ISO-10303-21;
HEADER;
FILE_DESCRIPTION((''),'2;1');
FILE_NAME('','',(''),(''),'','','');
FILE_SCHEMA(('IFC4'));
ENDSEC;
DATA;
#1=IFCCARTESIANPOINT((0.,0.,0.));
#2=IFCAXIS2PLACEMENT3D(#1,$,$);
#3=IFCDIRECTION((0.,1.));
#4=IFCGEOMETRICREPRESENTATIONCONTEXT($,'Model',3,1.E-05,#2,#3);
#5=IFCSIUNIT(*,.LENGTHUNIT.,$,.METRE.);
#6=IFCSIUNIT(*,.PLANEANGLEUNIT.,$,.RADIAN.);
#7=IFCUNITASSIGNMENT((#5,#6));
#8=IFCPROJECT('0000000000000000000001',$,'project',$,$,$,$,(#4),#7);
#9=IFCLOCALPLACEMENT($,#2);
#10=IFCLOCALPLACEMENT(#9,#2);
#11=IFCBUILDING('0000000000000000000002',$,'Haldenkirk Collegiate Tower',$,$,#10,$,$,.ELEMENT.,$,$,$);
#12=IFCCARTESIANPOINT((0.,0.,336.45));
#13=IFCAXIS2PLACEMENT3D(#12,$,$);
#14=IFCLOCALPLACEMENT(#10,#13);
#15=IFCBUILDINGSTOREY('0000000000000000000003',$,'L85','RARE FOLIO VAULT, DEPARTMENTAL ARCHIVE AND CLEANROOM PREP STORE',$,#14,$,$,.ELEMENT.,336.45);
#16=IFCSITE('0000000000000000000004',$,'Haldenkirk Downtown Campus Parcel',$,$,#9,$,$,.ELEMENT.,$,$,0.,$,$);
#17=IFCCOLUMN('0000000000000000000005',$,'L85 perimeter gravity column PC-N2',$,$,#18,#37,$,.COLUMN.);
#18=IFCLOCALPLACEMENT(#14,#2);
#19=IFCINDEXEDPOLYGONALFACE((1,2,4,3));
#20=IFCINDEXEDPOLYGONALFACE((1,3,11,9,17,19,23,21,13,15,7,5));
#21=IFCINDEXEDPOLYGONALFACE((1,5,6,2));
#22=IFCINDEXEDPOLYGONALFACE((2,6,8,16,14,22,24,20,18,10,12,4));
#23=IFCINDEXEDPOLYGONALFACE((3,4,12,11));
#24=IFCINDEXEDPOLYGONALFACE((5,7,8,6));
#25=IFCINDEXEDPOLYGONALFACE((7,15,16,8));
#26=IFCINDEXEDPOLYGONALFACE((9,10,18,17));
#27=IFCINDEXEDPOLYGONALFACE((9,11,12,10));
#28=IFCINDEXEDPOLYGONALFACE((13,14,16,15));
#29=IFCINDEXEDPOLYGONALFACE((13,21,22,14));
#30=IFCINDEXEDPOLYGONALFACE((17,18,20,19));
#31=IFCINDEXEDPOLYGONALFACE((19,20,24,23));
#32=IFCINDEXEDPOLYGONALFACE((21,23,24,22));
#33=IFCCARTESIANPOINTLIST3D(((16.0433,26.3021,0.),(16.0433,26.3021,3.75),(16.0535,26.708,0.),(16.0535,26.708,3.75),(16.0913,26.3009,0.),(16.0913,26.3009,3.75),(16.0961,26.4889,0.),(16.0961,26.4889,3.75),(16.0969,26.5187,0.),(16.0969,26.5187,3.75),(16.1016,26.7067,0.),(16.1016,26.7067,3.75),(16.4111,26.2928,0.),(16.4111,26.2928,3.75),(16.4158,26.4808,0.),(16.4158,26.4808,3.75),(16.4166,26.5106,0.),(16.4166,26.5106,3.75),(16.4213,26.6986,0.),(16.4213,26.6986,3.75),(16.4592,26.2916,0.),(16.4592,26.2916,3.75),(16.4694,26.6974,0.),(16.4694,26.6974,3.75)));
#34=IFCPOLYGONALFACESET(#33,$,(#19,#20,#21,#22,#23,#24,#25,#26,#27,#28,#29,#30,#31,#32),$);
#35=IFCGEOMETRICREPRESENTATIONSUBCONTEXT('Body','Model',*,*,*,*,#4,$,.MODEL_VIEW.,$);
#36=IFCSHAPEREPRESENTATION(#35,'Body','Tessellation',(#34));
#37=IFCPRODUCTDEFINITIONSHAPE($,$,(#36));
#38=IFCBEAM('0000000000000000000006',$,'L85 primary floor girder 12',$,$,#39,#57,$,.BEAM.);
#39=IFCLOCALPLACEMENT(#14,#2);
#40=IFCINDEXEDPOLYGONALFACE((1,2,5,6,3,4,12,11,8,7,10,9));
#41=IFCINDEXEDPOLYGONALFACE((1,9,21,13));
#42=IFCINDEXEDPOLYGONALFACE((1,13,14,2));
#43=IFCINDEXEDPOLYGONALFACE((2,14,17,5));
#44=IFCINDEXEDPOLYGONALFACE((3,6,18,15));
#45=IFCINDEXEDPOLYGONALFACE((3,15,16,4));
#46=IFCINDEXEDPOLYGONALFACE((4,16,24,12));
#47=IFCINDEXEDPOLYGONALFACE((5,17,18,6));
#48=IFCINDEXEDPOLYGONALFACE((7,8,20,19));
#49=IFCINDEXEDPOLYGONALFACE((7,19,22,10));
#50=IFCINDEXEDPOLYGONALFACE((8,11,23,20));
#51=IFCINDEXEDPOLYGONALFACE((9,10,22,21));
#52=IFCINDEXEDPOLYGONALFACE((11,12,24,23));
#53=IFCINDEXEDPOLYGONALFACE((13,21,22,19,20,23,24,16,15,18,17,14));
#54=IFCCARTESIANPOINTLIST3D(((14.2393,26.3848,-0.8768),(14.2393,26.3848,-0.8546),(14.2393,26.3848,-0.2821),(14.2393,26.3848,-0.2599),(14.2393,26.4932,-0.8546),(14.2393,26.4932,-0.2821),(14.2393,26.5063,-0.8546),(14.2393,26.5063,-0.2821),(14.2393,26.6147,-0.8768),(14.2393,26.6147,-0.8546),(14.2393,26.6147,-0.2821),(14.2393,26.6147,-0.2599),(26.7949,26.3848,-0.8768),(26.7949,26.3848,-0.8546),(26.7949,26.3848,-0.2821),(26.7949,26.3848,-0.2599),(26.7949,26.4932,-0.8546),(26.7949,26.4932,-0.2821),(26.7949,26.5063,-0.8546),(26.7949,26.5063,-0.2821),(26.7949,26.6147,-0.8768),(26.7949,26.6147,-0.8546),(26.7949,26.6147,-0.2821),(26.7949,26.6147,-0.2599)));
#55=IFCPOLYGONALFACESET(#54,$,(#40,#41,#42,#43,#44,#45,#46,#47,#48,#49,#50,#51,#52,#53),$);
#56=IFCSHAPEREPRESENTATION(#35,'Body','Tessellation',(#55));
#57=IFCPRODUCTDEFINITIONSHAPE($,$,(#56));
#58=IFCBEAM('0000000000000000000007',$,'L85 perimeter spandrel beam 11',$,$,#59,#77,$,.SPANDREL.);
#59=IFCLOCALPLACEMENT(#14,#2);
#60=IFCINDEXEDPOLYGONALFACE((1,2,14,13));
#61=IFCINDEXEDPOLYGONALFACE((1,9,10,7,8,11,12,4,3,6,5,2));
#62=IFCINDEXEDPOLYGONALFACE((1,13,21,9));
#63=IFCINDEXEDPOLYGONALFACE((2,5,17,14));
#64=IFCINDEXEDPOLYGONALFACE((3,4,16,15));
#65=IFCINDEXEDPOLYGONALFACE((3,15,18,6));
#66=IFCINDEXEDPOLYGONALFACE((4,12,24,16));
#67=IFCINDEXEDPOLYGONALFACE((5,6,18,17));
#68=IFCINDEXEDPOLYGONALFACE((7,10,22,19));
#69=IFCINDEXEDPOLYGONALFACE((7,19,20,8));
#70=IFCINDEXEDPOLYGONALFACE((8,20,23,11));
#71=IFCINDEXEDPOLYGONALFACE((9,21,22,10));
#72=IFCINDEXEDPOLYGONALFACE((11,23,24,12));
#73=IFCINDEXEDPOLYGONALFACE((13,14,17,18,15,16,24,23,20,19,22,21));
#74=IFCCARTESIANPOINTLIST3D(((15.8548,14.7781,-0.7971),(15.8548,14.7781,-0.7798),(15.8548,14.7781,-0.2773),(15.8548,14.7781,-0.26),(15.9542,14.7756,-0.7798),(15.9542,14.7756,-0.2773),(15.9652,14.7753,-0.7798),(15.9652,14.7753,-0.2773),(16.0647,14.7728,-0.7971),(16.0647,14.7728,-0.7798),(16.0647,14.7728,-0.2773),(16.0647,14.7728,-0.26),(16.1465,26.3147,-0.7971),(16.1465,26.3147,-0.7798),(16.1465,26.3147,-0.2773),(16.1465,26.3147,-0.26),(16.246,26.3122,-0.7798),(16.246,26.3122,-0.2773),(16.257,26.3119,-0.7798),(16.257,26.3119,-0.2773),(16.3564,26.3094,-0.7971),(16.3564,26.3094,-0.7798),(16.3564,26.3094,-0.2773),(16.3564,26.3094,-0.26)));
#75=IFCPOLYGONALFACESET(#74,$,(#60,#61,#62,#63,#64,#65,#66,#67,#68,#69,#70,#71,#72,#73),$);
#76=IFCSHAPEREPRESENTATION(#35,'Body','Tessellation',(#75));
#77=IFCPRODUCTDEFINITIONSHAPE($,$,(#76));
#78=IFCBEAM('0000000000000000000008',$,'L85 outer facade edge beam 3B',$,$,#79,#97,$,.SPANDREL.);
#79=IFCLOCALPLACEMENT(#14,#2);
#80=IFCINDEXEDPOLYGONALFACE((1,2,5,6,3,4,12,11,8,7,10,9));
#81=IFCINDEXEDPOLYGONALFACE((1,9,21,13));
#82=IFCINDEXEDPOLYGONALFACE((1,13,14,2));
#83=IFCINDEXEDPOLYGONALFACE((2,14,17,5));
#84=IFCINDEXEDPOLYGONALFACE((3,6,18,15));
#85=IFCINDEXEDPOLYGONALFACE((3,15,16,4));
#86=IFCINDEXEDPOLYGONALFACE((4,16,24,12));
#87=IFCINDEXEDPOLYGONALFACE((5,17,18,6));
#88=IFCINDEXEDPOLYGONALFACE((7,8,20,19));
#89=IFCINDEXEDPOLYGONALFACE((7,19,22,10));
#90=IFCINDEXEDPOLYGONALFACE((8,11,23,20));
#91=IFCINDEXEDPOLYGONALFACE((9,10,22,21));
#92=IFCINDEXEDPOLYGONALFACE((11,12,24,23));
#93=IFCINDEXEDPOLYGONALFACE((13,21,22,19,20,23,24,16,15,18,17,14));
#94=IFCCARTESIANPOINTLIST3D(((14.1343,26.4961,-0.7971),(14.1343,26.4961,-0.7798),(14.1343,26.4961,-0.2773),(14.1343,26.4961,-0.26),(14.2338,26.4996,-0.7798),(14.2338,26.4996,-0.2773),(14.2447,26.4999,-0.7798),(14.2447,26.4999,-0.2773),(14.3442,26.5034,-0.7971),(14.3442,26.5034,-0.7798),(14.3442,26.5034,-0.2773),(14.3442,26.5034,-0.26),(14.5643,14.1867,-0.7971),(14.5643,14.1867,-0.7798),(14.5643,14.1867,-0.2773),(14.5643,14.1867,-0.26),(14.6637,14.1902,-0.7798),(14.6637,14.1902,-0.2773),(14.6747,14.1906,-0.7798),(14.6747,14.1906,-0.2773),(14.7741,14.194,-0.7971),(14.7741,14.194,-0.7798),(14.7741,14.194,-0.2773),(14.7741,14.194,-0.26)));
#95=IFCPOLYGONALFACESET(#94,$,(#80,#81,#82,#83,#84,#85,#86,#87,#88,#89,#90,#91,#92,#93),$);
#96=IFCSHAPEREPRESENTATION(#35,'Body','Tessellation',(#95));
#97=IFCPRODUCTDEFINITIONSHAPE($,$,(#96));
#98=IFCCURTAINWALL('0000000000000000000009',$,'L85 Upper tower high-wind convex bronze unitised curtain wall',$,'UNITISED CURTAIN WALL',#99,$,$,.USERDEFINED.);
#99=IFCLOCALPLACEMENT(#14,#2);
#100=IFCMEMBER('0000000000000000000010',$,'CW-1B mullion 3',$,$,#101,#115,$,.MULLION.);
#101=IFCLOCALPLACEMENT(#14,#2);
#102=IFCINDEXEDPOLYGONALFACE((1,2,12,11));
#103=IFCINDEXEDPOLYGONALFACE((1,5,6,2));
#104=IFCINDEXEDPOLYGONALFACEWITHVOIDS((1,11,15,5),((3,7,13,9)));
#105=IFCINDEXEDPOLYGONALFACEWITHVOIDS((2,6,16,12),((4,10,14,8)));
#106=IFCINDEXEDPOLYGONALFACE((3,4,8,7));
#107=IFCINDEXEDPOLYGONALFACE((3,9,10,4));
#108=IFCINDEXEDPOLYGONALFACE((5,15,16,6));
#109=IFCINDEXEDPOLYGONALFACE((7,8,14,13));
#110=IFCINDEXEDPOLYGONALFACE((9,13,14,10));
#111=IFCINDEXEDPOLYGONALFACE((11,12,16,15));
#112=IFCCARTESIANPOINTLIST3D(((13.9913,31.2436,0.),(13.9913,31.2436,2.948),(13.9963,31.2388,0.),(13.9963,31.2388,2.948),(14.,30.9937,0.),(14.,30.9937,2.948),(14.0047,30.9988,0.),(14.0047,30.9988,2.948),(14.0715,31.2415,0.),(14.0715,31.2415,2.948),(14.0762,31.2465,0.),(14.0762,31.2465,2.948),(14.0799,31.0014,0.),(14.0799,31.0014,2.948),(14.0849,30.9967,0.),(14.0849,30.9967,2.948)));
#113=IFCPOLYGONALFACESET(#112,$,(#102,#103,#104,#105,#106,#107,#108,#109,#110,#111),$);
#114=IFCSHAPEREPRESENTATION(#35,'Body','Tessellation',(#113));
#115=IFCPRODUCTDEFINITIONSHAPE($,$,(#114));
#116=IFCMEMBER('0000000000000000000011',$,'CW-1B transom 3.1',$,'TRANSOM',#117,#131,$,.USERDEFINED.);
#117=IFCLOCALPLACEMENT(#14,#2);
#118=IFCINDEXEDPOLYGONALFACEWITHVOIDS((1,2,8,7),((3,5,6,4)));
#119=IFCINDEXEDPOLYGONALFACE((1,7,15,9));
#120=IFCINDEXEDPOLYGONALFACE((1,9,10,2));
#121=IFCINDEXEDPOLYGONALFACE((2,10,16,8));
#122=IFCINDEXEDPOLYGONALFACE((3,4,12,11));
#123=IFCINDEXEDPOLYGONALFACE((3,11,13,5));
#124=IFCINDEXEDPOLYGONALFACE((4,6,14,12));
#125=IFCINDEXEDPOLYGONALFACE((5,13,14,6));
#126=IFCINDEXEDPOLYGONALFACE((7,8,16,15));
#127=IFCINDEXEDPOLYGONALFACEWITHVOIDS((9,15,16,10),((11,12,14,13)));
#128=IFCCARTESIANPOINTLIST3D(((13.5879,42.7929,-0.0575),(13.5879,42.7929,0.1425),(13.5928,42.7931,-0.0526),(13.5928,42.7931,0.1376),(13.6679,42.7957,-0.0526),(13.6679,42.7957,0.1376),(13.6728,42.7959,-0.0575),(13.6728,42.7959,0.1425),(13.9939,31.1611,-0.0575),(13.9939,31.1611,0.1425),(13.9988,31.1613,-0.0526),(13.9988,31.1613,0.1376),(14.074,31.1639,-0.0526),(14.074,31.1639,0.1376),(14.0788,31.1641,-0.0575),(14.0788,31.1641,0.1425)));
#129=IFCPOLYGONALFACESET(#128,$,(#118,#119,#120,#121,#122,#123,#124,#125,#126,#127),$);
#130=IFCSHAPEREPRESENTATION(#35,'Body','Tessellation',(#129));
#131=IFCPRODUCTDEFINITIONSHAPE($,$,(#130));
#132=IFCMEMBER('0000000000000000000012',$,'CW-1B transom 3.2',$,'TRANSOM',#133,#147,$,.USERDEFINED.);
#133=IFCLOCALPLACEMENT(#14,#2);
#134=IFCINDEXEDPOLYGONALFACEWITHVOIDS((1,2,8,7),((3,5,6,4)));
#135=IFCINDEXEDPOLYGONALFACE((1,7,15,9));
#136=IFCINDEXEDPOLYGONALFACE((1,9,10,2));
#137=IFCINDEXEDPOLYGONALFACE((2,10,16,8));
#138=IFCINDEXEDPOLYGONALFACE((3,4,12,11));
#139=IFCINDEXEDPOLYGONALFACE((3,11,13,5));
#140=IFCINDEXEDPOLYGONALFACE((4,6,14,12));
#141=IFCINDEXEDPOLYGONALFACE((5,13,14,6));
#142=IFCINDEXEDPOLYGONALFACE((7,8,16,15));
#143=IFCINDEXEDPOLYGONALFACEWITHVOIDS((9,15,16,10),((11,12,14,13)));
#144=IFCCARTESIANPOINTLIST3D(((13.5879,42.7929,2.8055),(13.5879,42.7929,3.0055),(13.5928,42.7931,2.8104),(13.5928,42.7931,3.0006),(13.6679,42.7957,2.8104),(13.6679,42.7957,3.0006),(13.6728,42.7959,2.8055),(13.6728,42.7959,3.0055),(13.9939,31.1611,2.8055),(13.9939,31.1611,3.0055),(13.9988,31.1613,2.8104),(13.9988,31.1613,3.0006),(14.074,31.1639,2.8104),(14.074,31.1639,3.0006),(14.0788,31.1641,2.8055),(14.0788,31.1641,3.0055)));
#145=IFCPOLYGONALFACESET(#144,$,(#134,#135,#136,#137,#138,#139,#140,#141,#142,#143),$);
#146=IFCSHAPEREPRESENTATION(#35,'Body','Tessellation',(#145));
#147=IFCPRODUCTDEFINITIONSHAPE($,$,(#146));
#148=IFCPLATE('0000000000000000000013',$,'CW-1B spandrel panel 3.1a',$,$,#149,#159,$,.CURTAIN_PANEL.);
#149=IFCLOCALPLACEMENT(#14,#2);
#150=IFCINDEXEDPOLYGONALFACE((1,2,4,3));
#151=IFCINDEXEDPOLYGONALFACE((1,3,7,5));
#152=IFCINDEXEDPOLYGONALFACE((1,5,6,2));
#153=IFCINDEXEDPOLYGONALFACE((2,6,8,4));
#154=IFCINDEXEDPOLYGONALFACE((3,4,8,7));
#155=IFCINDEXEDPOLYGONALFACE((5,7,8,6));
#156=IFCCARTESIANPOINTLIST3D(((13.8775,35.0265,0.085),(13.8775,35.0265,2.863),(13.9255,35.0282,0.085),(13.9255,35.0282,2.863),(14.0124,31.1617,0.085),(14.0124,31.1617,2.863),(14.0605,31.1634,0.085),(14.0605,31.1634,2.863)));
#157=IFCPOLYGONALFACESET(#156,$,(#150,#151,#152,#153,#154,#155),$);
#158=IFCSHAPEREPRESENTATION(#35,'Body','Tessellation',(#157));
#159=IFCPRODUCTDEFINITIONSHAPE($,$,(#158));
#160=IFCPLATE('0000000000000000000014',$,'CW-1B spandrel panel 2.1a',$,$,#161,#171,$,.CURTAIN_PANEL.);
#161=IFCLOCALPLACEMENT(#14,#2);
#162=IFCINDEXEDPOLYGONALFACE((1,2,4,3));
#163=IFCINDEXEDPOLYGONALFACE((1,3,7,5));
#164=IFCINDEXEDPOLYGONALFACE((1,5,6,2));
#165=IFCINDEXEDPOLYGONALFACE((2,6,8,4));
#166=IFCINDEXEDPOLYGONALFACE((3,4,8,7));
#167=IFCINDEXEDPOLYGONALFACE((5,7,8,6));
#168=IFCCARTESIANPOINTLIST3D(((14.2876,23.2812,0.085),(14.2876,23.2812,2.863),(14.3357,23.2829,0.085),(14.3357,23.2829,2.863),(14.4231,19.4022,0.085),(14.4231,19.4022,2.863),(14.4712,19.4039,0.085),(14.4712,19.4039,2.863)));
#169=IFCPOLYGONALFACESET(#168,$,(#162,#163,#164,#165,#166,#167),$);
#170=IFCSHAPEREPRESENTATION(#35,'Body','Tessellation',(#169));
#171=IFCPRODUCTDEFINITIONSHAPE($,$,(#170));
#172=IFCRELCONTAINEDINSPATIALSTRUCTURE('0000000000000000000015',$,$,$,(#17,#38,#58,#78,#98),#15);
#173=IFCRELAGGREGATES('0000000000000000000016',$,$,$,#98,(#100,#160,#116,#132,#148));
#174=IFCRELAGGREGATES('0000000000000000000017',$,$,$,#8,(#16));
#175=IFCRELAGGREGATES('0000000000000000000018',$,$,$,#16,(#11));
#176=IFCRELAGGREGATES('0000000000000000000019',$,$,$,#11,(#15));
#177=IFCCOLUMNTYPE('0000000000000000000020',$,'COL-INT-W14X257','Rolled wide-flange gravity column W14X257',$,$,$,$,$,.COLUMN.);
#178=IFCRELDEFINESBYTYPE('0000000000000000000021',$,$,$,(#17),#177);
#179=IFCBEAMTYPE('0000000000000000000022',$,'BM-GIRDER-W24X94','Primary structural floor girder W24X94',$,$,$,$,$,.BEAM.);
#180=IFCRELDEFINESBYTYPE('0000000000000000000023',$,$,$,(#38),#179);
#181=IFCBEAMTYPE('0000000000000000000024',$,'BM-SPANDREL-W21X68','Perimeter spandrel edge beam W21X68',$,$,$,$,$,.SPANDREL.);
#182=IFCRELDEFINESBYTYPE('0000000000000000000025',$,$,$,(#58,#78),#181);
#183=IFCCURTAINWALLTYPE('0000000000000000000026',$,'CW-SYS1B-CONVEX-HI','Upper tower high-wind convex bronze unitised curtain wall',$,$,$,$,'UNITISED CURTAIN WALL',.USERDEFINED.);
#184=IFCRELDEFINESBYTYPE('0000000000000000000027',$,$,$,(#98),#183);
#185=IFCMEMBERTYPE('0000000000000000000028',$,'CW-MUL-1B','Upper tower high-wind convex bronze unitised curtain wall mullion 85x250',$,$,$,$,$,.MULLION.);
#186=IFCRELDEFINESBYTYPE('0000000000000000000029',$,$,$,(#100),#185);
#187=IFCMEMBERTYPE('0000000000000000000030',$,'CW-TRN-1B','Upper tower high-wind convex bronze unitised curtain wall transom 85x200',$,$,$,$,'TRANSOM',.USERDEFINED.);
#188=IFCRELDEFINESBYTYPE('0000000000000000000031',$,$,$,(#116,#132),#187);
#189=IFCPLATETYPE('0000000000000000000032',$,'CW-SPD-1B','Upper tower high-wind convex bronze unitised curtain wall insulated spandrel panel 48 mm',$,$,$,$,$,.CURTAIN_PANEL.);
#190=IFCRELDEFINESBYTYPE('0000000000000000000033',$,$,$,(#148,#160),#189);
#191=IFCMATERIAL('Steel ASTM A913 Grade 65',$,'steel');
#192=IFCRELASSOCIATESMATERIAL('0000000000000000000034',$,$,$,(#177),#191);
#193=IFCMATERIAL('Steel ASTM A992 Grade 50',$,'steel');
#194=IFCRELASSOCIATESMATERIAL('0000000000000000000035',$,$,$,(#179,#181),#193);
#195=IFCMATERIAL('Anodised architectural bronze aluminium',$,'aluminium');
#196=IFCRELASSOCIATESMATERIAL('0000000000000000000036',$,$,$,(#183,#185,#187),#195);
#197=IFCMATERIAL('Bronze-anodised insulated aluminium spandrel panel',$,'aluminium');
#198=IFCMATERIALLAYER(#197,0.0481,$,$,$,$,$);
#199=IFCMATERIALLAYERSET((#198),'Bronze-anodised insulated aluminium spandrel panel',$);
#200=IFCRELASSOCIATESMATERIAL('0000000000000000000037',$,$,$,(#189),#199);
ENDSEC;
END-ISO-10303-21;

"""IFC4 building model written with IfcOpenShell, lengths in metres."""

from ifc_helpers import new_model, si_unit, direction, frame, origin, origin_2d, place, context, subcontext, project, spatial, rectangle, hollow_rectangle, i_section, extrude, source, transform, mapped, material, layer, layer_set, material_profile, profile_set, type_object, element, aggregate, save


model = new_model("IFC4")

# Units and contexts
model_context = context("Model", 3, precision=1e-05, world=origin(), true_north=direction((0.0, 1.0)))
body_context = subcontext(model_context, "Body", "Model", "MODEL_VIEW")
ifc_project = project(units=[si_unit("LENGTHUNIT", "METRE"), si_unit("PLANEANGLEUNIT", "RADIAN")], contexts=[model_context])

# Site, building, storey
site_placement = place(None, origin())
site = spatial("IfcSite", under=ifc_project, at=site_placement, Name="Haldenkirk Downtown Campus Parcel", CompositionType="ELEMENT", RefElevation=0.0)
building_placement = place(site_placement, origin())
building = spatial("IfcBuilding", under=site, at=building_placement, Name="Haldenkirk Collegiate Tower", CompositionType="ELEMENT")
storey_placement = place(building_placement, frame((0.0, 0.0, 336.45)))
storey = spatial("IfcBuildingStorey", under=building, at=storey_placement, Name="L85", Description="RARE FOLIO VAULT, DEPARTMENTAL ARCHIVE AND CLEANROOM PREP STORE", CompositionType="ELEMENT", Elevation=336.45)

# Column
ifc_material_1 = material(Name="Steel ASTM A913 Grade 65", Category="steel")
ifc_material_profile_1 = material_profile(ifc_material_1, i_section(OverallWidth=0.406, OverallDepth=0.416, WebThickness=0.0298, FlangeThickness=0.0481, at=origin_2d()), Name="W14X257")
ifc_profile_set_1 = profile_set([ifc_material_profile_1], Name="Steel ASTM A913 Grade 65")
column_type = type_object("IfcColumnType", Name="COL-INT-W14X257", Description="Rolled wide-flange gravity column W14X257", PredefinedType="COLUMN", material=ifc_profile_set_1)
column_placement = place(storey_placement, frame((16.2563, 26.4998, 0.0), z_axis=(0.0, 0.0, 1.0), x_axis=(0.025305, 0.99968, 0.0)))
element("IfcColumn", 1, at=column_placement, inside=storey, type_object=column_type, Name="L85 perimeter gravity column PC-N2", PredefinedType="COLUMN", context=body_context, shape_type="SweptSolid", body=[
    extrude(i_section(OverallWidth=0.406, OverallDepth=0.416, WebThickness=0.0298, FlangeThickness=0.0481, at=origin_2d()), origin(), (0.0, 0.0, 1.0), 3.75),
])

# Beams
ifc_material_2 = material(Name="Steel ASTM A992 Grade 50", Category="steel")
ifc_material_profile_2 = material_profile(ifc_material_2, i_section(OverallWidth=0.23, OverallDepth=0.6169, WebThickness=0.0132, FlangeThickness=0.0222, at=origin_2d()), Name="W24X94")
ifc_profile_set_2 = profile_set([ifc_material_profile_2], Name="Steel ASTM A992 Grade 50")
beam_type_1 = type_object("IfcBeamType", Name="BM-GIRDER-W24X94", Description="Primary structural floor girder W24X94", PredefinedType="BEAM", material=ifc_profile_set_2)
beam_1_placement = place(storey_placement, frame((14.2393, 26.4998, -0.5684), z_axis=(1.0, 0.0, 0.0), x_axis=(0.0, 1.0, 0.0)))
element("IfcBeam", 2, at=beam_1_placement, inside=storey, type_object=beam_type_1, Name="L85 primary floor girder 12", PredefinedType="BEAM", context=body_context, shape_type="SweptSolid", body=[
    extrude(i_section(OverallWidth=0.23, OverallDepth=0.6169, WebThickness=0.0132, FlangeThickness=0.0222, at=origin_2d()), origin(), (0.0, 0.0, 1.0), 12.5557),
])
ifc_material_profile_3 = material_profile(ifc_material_2, i_section(OverallWidth=0.21, OverallDepth=0.5371, WebThickness=0.011, FlangeThickness=0.0173, at=origin_2d()), Name="W21X68")
ifc_profile_set_3 = profile_set([ifc_material_profile_3], Name="Steel ASTM A992 Grade 50")
beam_type_2 = type_object("IfcBeamType", Name="BM-SPANDREL-W21X68", Description="Perimeter spandrel edge beam W21X68", PredefinedType="SPANDREL", material=ifc_profile_set_3)
beam_2_placement = place(storey_placement, frame((16.2515, 26.312, -0.5286), z_axis=(-0.025281, -0.99968, 0.0), x_axis=(0.99968, -0.025281, 0.0)))
element("IfcBeam", 3, at=beam_2_placement, inside=storey, type_object=beam_type_2, Name="L85 perimeter spandrel beam 11", PredefinedType="SPANDREL", context=body_context, shape_type="SweptSolid", body=[
    extrude(i_section(OverallWidth=0.21, OverallDepth=0.5371, WebThickness=0.011, FlangeThickness=0.0173, at=origin_2d()), origin(), (0.0, 0.0, 1.0), 11.5403),
])
beam_3_placement = place(storey_placement, frame((14.2393, 26.4998, -0.5286), z_axis=(0.034906, -0.999391, 0.0), x_axis=(0.999391, 0.034906, 0.0)))
element("IfcBeam", 4, at=beam_3_placement, inside=storey, type_object=beam_type_2, Name="L85 outer facade edge beam 3B", PredefinedType="SPANDREL", context=body_context, shape_type="SweptSolid", body=[
    extrude(i_section(OverallWidth=0.21, OverallDepth=0.5371, WebThickness=0.011, FlangeThickness=0.0173, at=origin_2d()), origin(), (0.0, 0.0, 1.0), 12.3169),
])

# Curtain wall, members, plates
ifc_material_3 = material(Name="Anodised architectural bronze aluminium", Category="aluminium")
curtain_wall_type = type_object("IfcCurtainWallType", Name="CW-SYS1B-CONVEX-HI", Description="Upper tower high-wind convex bronze unitised curtain wall", ElementType="UNITISED CURTAIN WALL", PredefinedType="USERDEFINED", material=ifc_material_3)
curtain_wall_placement = place(storey_placement, origin())
curtain_wall = element("IfcCurtainWall", 5, at=curtain_wall_placement, inside=storey, type_object=curtain_wall_type, Name="L85 Upper tower high-wind convex bronze unitised curtain wall", ObjectType="UNITISED CURTAIN WALL", PredefinedType="USERDEFINED")
ifc_material_profile_4 = material_profile(ifc_material_3, hollow_rectangle(XDim=0.085, YDim=0.25, WallThickness=0.0049, at=origin_2d()), Name="CW-MUL-1B")
ifc_profile_set_4 = profile_set([ifc_material_profile_4], Name="Anodised architectural bronze aluminium")
member_type_1 = type_object("IfcMemberType", Name="CW-MUL-1B", Description="Upper tower high-wind convex bronze unitised curtain wall mullion 85x250", PredefinedType="MULLION", material=ifc_profile_set_4)
member_1_placement = place(storey_placement, frame((14.0381, 31.1201, 0.0), z_axis=(0.0, 0.0, 1.0), x_axis=(-0.999391, -0.034901, 0.0)))
member_1 = element("IfcMember", 6, at=member_1_placement, type_object=member_type_1, Name="CW-1B mullion 3", PredefinedType="MULLION", context=body_context, shape_type="SweptSolid", body=[
    extrude(hollow_rectangle(XDim=0.085, YDim=0.25, WallThickness=0.0049, at=origin_2d()), origin(), (0.0, 0.0, 1.0), 2.948),
])
ifc_material_profile_5 = material_profile(ifc_material_3, hollow_rectangle(XDim=0.085, YDim=0.2, WallThickness=0.0049, at=origin_2d()), Name="CW-TRN-1B")
ifc_profile_set_5 = profile_set([ifc_material_profile_5], Name="Anodised architectural bronze aluminium")
member_type_2 = type_object("IfcMemberType", Name="CW-TRN-1B", Description="Upper tower high-wind convex bronze unitised curtain wall transom 85x200", ElementType="TRANSOM", PredefinedType="USERDEFINED", material=ifc_profile_set_5)
member_2_placement = place(storey_placement, frame((14.0364, 31.1626, 0.0425), z_axis=(-0.034883, 0.999391, 0.0), x_axis=(-0.999391, -0.034883, 0.0)))
member_2 = element("IfcMember", 7, at=member_2_placement, type_object=member_type_2, Name="CW-1B transom 3.1", ObjectType="TRANSOM", PredefinedType="USERDEFINED", context=body_context, shape_type="SweptSolid", body=[
    extrude(hollow_rectangle(XDim=0.085, YDim=0.2, WallThickness=0.0049, at=origin_2d()), origin(), (0.0, 0.0, 1.0), 11.6389),
])
member_3_placement = place(storey_placement, frame((14.0364, 31.1626, 2.9055), z_axis=(-0.034883, 0.999391, 0.0), x_axis=(-0.999391, -0.034883, 0.0)))
member_3 = element("IfcMember", 8, at=member_3_placement, type_object=member_type_2, Name="CW-1B transom 3.2", ObjectType="TRANSOM", PredefinedType="USERDEFINED", context=body_context, shape_type="SweptSolid", body=[
    extrude(hollow_rectangle(XDim=0.085, YDim=0.2, WallThickness=0.0049, at=origin_2d()), origin(), (0.0, 0.0, 1.0), 11.6389),
])
ifc_material_4 = material(Name="Bronze-anodised insulated aluminium spandrel panel", Category="aluminium")
ifc_layer_1 = layer(ifc_material_4, 0.0481)
ifc_layer_set_1 = layer_set([ifc_layer_1], Name="Bronze-anodised insulated aluminium spandrel panel")
plate_type_1 = type_object("IfcPlateType", Name="CW-SPD-1B", Description="Upper tower high-wind convex bronze unitised curtain wall insulated spandrel panel 48 mm", PredefinedType="CURTAIN_PANEL", material=ifc_layer_set_1)
shared_shape_1 = source(origin(), body_context, "Body", "SweptSolid", [
    extrude(rectangle(XDim=3.8672, YDim=0.0481, at=origin_2d()), origin(), (0.0, 0.0, 1.0), 2.7781),
])
plate_1_placement = place(storey_placement, frame((13.969, 33.095, 0.085), z_axis=(0.0, 0.0, 1.0), x_axis=(-0.034901, 0.999391, 0.0)))
plate_1 = element("IfcPlate", 9, at=plate_1_placement, type_object=plate_type_1, Name="CW-1B spandrel panel 3.1a", PredefinedType="CURTAIN_PANEL", context=body_context, shape_type="MappedRepresentation", body=[
    mapped(shared_shape_1, transform((0.0, 0.0, 0.0), x_axis=(1.0, 0.0, 0.0), y_axis=(0.0, 1.0, 0.0), z_axis=(0.0, 0.0, 1.0), scale=1.0)),
])
shared_shape_2 = source(origin(), body_context, "Body", "SweptSolid", [
    extrude(rectangle(XDim=3.8813, YDim=0.0481, at=origin_2d()), origin(), (0.0, 0.0, 1.0), 2.7781),
])
plate_2_placement = place(storey_placement, frame((14.3794, 21.3425, 0.085), z_axis=(0.0, 0.0, 1.0), x_axis=(-0.034901, 0.999391, 0.0)))
plate_2 = element("IfcPlate", 10, at=plate_2_placement, type_object=plate_type_1, Name="CW-1B spandrel panel 2.1a", PredefinedType="CURTAIN_PANEL", context=body_context, shape_type="MappedRepresentation", body=[
    mapped(shared_shape_2, transform((0.0, 0.0, 0.0), x_axis=(1.0, 0.0, 0.0), y_axis=(0.0, 1.0, 0.0), z_axis=(0.0, 0.0, 1.0), scale=1.0)),
])
aggregate(curtain_wall, [member_1, plate_2, member_2, member_3, plate_1])

save(model, "model.ifc")
